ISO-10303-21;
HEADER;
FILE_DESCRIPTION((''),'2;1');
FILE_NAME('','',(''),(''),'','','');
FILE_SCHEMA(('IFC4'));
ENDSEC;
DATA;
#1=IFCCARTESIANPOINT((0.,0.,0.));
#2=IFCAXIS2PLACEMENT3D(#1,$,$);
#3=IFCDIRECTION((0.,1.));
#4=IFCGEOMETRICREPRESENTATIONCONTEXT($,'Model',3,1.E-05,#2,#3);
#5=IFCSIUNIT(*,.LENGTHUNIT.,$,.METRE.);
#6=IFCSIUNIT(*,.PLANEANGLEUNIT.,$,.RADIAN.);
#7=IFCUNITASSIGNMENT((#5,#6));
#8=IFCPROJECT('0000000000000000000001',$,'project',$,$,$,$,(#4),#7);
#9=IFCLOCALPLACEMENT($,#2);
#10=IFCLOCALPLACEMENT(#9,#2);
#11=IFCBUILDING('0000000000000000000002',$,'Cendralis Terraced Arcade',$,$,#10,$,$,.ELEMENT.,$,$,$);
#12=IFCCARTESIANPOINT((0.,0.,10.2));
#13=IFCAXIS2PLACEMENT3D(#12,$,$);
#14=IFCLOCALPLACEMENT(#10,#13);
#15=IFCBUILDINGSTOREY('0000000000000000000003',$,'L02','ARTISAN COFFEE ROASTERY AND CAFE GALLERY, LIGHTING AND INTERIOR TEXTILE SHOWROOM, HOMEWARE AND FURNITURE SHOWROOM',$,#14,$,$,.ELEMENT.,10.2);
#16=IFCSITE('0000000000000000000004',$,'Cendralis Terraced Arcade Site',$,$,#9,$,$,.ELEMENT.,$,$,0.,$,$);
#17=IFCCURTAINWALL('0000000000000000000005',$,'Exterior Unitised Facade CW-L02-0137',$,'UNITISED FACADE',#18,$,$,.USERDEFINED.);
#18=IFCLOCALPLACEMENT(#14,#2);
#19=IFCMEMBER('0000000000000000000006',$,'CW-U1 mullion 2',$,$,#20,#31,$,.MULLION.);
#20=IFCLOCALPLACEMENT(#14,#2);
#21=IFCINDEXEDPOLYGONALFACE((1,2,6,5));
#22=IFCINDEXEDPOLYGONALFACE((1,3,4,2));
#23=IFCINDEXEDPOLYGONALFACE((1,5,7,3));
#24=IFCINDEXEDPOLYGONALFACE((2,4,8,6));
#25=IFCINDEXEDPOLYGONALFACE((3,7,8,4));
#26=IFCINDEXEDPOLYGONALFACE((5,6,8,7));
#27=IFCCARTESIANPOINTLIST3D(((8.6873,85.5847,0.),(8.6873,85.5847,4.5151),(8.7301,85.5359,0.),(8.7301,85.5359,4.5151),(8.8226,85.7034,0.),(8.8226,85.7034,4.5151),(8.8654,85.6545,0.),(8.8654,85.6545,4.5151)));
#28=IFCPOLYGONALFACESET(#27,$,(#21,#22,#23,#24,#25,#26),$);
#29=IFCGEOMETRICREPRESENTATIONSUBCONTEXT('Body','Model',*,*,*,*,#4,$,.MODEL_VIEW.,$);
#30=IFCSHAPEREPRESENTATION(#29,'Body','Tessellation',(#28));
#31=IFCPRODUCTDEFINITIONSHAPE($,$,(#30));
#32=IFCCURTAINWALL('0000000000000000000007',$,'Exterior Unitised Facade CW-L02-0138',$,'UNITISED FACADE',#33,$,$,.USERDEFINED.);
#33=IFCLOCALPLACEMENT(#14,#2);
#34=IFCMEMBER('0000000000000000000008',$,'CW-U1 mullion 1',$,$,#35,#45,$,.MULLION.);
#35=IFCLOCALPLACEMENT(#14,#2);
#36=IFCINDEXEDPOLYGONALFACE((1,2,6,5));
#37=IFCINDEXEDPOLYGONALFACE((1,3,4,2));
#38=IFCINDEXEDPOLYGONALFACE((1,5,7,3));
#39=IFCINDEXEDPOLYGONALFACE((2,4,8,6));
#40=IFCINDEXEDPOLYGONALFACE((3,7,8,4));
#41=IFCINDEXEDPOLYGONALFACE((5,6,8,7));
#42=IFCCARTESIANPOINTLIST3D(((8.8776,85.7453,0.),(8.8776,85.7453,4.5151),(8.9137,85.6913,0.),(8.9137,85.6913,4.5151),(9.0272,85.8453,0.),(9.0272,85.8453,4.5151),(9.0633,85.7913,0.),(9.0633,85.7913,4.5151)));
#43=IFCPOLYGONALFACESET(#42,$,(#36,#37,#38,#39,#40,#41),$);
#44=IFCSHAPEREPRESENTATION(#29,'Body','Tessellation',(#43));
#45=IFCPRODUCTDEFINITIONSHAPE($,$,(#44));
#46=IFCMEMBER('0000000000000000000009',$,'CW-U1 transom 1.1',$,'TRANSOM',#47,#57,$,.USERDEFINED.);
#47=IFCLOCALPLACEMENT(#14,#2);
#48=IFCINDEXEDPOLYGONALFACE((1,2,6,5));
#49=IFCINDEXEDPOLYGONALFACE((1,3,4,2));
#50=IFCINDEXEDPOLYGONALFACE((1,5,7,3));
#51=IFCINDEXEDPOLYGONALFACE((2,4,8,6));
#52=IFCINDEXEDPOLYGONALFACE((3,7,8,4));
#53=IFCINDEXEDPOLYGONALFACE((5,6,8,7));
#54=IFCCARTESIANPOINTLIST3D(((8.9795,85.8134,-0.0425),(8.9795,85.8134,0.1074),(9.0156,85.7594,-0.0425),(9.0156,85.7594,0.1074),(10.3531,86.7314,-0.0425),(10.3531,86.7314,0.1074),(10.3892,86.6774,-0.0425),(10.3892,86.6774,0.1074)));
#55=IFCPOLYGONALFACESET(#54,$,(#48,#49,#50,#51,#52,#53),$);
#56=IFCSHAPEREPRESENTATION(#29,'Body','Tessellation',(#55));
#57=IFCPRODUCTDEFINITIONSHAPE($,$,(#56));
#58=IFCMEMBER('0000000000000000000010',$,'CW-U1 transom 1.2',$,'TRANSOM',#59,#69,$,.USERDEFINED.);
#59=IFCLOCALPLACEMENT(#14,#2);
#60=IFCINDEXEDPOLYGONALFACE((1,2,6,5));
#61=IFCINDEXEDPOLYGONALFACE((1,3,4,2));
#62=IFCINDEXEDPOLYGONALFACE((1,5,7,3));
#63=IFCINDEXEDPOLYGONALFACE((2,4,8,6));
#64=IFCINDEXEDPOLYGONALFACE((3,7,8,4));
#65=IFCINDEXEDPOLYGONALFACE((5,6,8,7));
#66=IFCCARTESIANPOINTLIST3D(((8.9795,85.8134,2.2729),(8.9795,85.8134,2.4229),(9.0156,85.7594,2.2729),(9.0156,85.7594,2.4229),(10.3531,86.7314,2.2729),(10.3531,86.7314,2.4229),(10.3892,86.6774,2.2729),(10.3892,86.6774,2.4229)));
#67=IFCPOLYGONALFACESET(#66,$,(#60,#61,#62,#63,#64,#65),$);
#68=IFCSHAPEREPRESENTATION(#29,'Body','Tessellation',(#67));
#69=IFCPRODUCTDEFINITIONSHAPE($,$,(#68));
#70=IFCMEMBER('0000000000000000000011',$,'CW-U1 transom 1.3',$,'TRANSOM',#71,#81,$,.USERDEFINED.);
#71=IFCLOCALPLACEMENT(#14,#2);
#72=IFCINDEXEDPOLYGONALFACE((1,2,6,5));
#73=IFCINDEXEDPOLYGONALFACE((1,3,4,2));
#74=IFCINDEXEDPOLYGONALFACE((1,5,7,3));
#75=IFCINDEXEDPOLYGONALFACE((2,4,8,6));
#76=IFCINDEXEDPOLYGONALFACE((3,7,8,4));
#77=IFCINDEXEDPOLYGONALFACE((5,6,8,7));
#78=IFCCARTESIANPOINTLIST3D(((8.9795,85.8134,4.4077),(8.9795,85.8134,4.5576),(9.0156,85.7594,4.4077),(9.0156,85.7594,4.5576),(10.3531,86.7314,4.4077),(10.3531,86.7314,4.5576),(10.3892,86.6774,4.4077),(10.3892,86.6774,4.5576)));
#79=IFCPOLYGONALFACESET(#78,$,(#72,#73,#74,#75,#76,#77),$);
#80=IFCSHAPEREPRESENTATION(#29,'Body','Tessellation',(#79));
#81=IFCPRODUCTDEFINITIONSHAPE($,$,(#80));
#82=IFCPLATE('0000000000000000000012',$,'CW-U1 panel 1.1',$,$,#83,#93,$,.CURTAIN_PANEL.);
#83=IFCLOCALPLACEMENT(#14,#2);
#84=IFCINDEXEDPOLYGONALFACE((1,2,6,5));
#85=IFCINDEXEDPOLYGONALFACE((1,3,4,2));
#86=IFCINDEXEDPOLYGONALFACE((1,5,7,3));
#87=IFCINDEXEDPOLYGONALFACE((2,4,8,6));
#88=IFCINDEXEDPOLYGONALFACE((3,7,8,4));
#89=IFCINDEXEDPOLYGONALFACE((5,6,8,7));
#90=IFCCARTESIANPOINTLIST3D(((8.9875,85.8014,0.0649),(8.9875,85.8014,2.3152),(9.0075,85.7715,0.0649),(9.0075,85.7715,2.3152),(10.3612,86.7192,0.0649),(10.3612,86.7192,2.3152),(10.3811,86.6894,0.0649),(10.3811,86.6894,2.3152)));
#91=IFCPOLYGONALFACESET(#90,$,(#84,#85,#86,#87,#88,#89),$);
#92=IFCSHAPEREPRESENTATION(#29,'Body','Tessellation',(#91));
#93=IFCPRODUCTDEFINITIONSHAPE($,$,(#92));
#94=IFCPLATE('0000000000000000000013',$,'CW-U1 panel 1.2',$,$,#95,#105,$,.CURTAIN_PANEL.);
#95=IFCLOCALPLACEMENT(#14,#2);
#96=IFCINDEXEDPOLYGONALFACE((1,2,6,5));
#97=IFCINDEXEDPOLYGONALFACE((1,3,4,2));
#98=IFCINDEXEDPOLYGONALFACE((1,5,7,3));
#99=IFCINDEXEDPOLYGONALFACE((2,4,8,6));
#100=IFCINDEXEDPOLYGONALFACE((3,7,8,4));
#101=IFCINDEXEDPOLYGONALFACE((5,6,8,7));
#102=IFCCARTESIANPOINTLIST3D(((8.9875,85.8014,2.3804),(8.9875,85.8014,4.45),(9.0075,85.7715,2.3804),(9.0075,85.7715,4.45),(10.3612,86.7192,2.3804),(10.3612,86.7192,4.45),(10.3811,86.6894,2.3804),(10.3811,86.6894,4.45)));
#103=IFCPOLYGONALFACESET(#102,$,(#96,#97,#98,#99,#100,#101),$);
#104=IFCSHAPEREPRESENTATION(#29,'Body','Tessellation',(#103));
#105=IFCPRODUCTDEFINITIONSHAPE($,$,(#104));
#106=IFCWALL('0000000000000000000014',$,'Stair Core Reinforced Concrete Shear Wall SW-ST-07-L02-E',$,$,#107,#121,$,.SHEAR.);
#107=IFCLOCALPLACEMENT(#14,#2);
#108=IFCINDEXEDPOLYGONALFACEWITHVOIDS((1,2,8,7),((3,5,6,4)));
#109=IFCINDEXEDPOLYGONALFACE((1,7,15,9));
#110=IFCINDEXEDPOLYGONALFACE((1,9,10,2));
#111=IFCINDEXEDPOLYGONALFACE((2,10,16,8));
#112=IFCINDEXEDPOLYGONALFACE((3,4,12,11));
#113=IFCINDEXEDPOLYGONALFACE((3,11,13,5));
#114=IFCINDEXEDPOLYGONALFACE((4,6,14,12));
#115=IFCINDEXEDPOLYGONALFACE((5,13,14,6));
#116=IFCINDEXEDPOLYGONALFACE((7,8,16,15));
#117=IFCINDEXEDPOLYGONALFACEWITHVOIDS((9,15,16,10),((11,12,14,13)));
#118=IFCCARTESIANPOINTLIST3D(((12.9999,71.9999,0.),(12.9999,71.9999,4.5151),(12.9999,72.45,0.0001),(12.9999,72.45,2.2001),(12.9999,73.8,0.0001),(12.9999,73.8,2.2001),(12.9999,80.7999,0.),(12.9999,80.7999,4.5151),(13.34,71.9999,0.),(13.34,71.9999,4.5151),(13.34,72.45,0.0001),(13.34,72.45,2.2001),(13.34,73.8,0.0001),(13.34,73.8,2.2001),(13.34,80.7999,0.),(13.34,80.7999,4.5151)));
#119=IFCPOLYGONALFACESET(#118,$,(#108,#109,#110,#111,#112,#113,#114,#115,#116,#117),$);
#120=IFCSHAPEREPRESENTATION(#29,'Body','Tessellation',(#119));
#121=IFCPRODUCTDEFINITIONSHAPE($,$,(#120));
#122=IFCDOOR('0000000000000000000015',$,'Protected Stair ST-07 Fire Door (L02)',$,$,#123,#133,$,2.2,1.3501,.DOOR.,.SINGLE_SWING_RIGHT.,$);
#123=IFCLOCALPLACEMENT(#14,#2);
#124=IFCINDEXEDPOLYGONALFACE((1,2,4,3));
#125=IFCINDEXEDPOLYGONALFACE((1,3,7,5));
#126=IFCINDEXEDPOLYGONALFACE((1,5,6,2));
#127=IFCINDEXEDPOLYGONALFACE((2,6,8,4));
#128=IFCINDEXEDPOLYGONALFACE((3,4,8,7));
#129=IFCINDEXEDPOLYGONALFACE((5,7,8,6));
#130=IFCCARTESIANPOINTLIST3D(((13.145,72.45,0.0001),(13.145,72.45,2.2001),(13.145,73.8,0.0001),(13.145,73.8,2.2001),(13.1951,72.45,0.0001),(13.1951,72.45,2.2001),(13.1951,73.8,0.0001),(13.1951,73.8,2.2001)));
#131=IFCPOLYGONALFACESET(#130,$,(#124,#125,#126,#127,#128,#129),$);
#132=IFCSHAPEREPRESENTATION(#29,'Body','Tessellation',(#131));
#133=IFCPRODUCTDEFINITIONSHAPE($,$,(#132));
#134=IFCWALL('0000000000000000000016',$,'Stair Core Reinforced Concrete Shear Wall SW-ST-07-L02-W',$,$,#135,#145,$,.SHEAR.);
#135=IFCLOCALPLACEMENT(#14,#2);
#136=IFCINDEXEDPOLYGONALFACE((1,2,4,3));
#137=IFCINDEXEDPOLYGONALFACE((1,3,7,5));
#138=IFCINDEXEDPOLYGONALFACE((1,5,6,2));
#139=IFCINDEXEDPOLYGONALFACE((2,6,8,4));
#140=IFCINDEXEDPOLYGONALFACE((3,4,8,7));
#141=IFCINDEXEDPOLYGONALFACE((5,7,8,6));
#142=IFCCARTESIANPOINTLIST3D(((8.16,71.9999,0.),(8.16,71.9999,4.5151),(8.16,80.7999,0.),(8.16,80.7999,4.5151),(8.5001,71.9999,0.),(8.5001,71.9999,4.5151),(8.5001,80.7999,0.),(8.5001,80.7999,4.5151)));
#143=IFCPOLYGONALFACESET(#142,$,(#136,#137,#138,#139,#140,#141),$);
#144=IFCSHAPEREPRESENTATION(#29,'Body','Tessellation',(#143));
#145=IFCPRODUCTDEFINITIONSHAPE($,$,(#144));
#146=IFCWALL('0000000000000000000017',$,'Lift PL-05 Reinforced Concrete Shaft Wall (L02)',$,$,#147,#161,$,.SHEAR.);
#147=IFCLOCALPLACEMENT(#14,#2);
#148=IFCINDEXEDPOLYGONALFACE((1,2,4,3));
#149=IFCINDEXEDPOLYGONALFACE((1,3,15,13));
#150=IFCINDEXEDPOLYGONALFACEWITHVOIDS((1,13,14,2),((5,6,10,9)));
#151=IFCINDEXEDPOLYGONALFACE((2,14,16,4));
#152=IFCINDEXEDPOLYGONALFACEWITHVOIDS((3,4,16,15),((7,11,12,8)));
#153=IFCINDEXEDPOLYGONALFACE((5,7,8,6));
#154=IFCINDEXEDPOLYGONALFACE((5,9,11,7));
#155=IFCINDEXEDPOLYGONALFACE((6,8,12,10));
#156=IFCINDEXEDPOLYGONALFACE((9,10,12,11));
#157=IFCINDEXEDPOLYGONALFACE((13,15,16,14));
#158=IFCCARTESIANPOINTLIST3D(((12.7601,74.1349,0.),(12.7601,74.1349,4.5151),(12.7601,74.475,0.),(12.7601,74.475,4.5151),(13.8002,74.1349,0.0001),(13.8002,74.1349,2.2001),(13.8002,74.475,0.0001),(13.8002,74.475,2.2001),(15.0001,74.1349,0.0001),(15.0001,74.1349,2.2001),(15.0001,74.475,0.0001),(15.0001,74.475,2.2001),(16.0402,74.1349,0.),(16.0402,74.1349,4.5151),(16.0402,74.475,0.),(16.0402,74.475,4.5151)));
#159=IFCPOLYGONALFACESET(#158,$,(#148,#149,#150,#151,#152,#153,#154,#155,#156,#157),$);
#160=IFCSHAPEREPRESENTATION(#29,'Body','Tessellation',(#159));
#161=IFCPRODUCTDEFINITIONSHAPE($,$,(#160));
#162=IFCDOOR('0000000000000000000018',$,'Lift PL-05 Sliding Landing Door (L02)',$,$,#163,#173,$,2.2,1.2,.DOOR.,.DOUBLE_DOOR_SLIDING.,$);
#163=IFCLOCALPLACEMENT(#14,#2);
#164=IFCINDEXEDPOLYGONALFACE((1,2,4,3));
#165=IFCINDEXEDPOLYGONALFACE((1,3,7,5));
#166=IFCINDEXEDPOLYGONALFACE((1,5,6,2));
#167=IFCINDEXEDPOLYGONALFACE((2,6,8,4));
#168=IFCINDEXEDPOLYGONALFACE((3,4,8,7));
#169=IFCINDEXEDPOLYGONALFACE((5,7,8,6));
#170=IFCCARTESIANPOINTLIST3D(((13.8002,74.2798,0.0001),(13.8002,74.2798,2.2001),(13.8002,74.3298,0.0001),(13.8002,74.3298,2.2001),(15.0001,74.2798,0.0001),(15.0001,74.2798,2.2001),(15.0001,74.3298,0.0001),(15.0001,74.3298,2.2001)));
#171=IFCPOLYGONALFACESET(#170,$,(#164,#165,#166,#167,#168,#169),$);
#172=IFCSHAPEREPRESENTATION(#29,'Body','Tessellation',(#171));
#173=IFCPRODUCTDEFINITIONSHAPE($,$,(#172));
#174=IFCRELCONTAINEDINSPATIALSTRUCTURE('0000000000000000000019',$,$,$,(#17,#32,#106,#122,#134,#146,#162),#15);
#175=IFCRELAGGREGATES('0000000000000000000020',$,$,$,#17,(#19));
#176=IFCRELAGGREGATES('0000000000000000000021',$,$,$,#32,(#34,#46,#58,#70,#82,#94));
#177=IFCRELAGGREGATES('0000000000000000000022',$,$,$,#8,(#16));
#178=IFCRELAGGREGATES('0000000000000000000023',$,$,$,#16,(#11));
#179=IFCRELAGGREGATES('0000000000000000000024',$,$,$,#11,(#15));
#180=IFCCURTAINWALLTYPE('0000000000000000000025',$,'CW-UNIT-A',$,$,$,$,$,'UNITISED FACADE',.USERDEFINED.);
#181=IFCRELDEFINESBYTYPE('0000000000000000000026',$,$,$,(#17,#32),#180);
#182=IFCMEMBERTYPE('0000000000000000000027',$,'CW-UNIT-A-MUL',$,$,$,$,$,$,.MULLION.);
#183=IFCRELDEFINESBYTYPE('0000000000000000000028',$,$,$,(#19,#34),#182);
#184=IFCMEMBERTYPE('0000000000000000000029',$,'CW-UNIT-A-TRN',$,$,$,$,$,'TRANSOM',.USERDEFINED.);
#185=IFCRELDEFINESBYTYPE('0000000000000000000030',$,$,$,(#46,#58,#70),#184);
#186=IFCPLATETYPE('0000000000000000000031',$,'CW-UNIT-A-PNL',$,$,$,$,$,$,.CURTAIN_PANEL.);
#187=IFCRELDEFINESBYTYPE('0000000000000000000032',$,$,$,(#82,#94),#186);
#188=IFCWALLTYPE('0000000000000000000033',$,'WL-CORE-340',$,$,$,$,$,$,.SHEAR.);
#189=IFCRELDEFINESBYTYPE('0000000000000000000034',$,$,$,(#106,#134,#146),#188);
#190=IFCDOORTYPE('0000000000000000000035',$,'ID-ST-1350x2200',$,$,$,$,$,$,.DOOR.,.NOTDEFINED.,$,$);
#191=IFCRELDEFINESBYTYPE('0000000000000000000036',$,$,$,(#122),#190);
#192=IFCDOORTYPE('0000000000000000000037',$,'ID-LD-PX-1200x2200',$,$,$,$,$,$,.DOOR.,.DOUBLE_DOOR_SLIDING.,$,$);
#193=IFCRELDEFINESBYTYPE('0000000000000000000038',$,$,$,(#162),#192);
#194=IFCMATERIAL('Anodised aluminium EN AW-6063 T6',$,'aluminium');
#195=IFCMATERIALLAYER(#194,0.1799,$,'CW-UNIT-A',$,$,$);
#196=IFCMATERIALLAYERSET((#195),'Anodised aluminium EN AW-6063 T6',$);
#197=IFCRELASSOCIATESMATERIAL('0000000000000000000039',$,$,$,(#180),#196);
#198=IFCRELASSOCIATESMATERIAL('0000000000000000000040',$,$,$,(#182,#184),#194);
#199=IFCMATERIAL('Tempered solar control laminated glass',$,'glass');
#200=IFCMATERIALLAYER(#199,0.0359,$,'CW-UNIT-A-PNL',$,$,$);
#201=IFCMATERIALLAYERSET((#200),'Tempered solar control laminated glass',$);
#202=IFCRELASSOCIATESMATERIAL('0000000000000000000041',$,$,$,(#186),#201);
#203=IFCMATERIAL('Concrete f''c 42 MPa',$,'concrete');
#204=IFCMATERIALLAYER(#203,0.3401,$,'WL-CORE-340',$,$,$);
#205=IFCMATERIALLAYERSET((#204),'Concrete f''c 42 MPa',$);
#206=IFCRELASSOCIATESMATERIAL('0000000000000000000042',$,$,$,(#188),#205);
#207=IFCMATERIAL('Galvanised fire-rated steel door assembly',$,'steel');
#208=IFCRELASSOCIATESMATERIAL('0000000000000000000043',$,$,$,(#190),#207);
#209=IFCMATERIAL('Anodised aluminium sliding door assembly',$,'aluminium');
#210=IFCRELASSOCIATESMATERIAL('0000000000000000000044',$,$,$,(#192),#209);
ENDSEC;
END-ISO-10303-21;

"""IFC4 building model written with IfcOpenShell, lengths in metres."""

from ifc_helpers import new_model, si_unit, direction, frame, frame_2d, origin, origin_2d, place, context, subcontext, project, spatial, rectangle, extrude, material, layer, layer_set, material_profile, profile_set, type_object, element, fill, aggregate, save


model = new_model("IFC4")

# Units and contexts
model_context = context("Model", 3, precision=1e-05, world=origin(), true_north=direction((0.0, 1.0)))
body_context = subcontext(model_context, "Body", "Model", "MODEL_VIEW")
ifc_project = project(units=[si_unit("LENGTHUNIT", "METRE"), si_unit("PLANEANGLEUNIT", "RADIAN")], contexts=[model_context])

# Site, building, storey
site_placement = place(None, origin())
site = spatial("IfcSite", under=ifc_project, at=site_placement, Name="Cendralis Terraced Arcade Site", CompositionType="ELEMENT", RefElevation=0.0)
building_placement = place(site_placement, origin())
building = spatial("IfcBuilding", under=site, at=building_placement, Name="Cendralis Terraced Arcade", CompositionType="ELEMENT")
storey_placement = place(building_placement, frame((0.0, 0.0, 10.2)))
storey = spatial("IfcBuildingStorey", under=building, at=storey_placement, Name="L02", Description="ARTISAN COFFEE ROASTERY AND CAFE GALLERY, LIGHTING AND INTERIOR TEXTILE SHOWROOM, HOMEWARE AND FURNITURE SHOWROOM", CompositionType="ELEMENT", Elevation=10.2)

# Curtain wall, member
ifc_material_1 = material(Name="Anodised aluminium EN AW-6063 T6", Category="aluminium")
ifc_layer_1 = layer(ifc_material_1, 0.1799, Name="CW-UNIT-A")
ifc_layer_set_1 = layer_set([ifc_layer_1], Name="Anodised aluminium EN AW-6063 T6")
curtain_wall_type = type_object("IfcCurtainWallType", Name="CW-UNIT-A", ElementType="UNITISED FACADE", PredefinedType="USERDEFINED", material=ifc_layer_set_1)
curtain_wall_1_placement = place(storey_placement, origin())
curtain_wall_1 = element("IfcCurtainWall", 1, at=curtain_wall_1_placement, inside=storey, type_object=curtain_wall_type, Name="Exterior Unitised Facade CW-L02-0137", ObjectType="UNITISED FACADE", PredefinedType="USERDEFINED")
ifc_material_profile_1 = material_profile(ifc_material_1, rectangle(XDim=0.0649, YDim=0.1799, at=origin_2d()), Name="ALU-MUL-65x180")
ifc_profile_set_1 = profile_set([ifc_material_profile_1], Name="Anodised aluminium EN AW-6063 T6")
member_type_1 = type_object("IfcMemberType", Name="CW-UNIT-A-MUL", PredefinedType="MULLION", material=ifc_profile_set_1)
member_1_placement = place(storey_placement, frame((8.7764, 85.6196, 0.0), z_axis=(0.0, 0.0, 1.0), x_axis=(-0.659386, 0.751804, 0.0)))
member_1 = element("IfcMember", 2, at=member_1_placement, type_object=member_type_1, Name="CW-U1 mullion 2", PredefinedType="MULLION", context=body_context, shape_type="SweptSolid", body=[
    extrude(rectangle(XDim=0.0649, YDim=0.1799, at=origin_2d()), origin(), (0.0, 0.0, 1.0), 4.5151),
])
aggregate(curtain_wall_1, [member_1])

# Curtain wall, members, plates
curtain_wall_2_placement = place(storey_placement, origin())
curtain_wall_2 = element("IfcCurtainWall", 3, at=curtain_wall_2_placement, inside=storey, type_object=curtain_wall_type, Name="Exterior Unitised Facade CW-L02-0138", ObjectType="UNITISED FACADE", PredefinedType="USERDEFINED")
member_2_placement = place(storey_placement, frame((8.9705, 85.7683, 0.0), z_axis=(0.0, 0.0, 1.0), x_axis=(-0.555567, 0.831471, 0.0)))
member_2 = element("IfcMember", 4, at=member_2_placement, type_object=member_type_1, Name="CW-U1 mullion 1", PredefinedType="MULLION", context=body_context, shape_type="SweptSolid", body=[
    extrude(rectangle(XDim=0.0649, YDim=0.1799, at=origin_2d()), origin(), (0.0, 0.0, 1.0), 4.5151),
])
ifc_material_profile_2 = material_profile(ifc_material_1, rectangle(XDim=0.0649, YDim=0.1499, at=origin_2d()), Name="ALU-TRN-65x150")
ifc_profile_set_2 = profile_set([ifc_material_profile_2], Name="Anodised aluminium EN AW-6063 T6")
member_type_2 = type_object("IfcMemberType", Name="CW-UNIT-A-TRN", ElementType="TRANSOM", PredefinedType="USERDEFINED", material=ifc_profile_set_2)
member_3_placement = place(storey_placement, frame((8.9976, 85.7864, 0.0325), z_axis=(0.831413, 0.555655, 0.0), x_axis=(-0.555655, 0.831413, 0.0)))
member_3 = element("IfcMember", 5, at=member_3_placement, type_object=member_type_2, Name="CW-U1 transom 1.1", ObjectType="TRANSOM", PredefinedType="USERDEFINED", context=body_context, shape_type="SweptSolid", body=[
    extrude(rectangle(XDim=0.0649, YDim=0.1499, at=origin_2d()), origin(), (0.0, 0.0, 1.0), 1.6521),
])
member_4_placement = place(storey_placement, frame((8.9976, 85.7864, 2.3479), z_axis=(0.831413, 0.555655, 0.0), x_axis=(-0.555655, 0.831413, 0.0)))
member_4 = element("IfcMember", 6, at=member_4_placement, type_object=member_type_2, Name="CW-U1 transom 1.2", ObjectType="TRANSOM", PredefinedType="USERDEFINED", context=body_context, shape_type="SweptSolid", body=[
    extrude(rectangle(XDim=0.0649, YDim=0.1499, at=origin_2d()), origin(), (0.0, 0.0, 1.0), 1.6521),
])
member_5_placement = place(storey_placement, frame((8.9976, 85.7864, 4.4827), z_axis=(0.831413, 0.555655, 0.0), x_axis=(-0.555655, 0.831413, 0.0)))
member_5 = element("IfcMember", 7, at=member_5_placement, type_object=member_type_2, Name="CW-U1 transom 1.3", ObjectType="TRANSOM", PredefinedType="USERDEFINED", context=body_context, shape_type="SweptSolid", body=[
    extrude(rectangle(XDim=0.0649, YDim=0.1499, at=origin_2d()), origin(), (0.0, 0.0, 1.0), 1.6521),
])
ifc_material_2 = material(Name="Tempered solar control laminated glass", Category="glass")
ifc_layer_2 = layer(ifc_material_2, 0.0359, Name="CW-UNIT-A-PNL")
ifc_layer_set_2 = layer_set([ifc_layer_2], Name="Tempered solar control laminated glass")
plate_type = type_object("IfcPlateType", Name="CW-UNIT-A-PNL", PredefinedType="CURTAIN_PANEL", material=ifc_layer_set_2)
plate_1_placement = place(storey_placement, frame((9.6843, 86.2454, 0.0649), z_axis=(0.0, 0.0, 1.0), x_axis=(0.831471, 0.555567, 0.0)))
plate_1 = element("IfcPlate", 8, at=plate_1_placement, type_object=plate_type, Name="CW-U1 panel 1.1", PredefinedType="CURTAIN_PANEL", context=body_context, shape_type="SweptSolid", body=[
    extrude(rectangle(XDim=1.6521, YDim=0.0359, at=origin_2d()), origin(), (0.0, 0.0, 1.0), 2.2502),
])
plate_2_placement = place(storey_placement, frame((9.6843, 86.2454, 2.3804), z_axis=(0.0, 0.0, 1.0), x_axis=(0.831471, 0.555567, 0.0)))
plate_2 = element("IfcPlate", 9, at=plate_2_placement, type_object=plate_type, Name="CW-U1 panel 1.2", PredefinedType="CURTAIN_PANEL", context=body_context, shape_type="SweptSolid", body=[
    extrude(rectangle(XDim=1.6521, YDim=0.0359, at=origin_2d()), origin(), (0.0, 0.0, 1.0), 2.0696),
])
aggregate(curtain_wall_2, [member_2, member_3, member_4, member_5, plate_1, plate_2])

# Wall, opening, door
ifc_material_3 = material(Name="Concrete f'c 42 MPa", Category="concrete")
ifc_layer_3 = layer(ifc_material_3, 0.3401, Name="WL-CORE-340")
ifc_layer_set_3 = layer_set([ifc_layer_3], Name="Concrete f'c 42 MPa")
wall_type = type_object("IfcWallType", Name="WL-CORE-340", PredefinedType="SHEAR", material=ifc_layer_set_3)
wall_1_placement = place(storey_placement, frame((13.1699, 72.0, 0.0), z_axis=(0.0, 0.0, 1.0), x_axis=(0.0, 1.0, 0.0)))
wall_1 = element("IfcWall", 10, at=wall_1_placement, inside=storey, type_object=wall_type, Name="Stair Core Reinforced Concrete Shear Wall SW-ST-07-L02-E", PredefinedType="SHEAR", context=body_context, shape_type="SweptSolid", body=[
    extrude(rectangle(XDim=8.8, YDim=0.3401, at=frame_2d((4.3999, 0.0))), origin(), (0.0, 0.0, 1.0), 4.5151),
])
opening_1_placement = place(wall_1_placement, frame((0.45, 0.0, 0.0)))
opening_1 = element("IfcOpeningElement", 11, at=opening_1_placement, cuts=wall_1, PredefinedType="OPENING", context=body_context, shape_type="SweptSolid", body=[
    extrude(rectangle(XDim=1.3501, YDim=2.2, at=frame_2d((0.675, 1.1001))), frame((0.0, 0.1821, 0.0), z_axis=(0.0, -1.0, 0.0), x_axis=(1.0, 0.0, 0.0)), (0.0, 0.0, 1.0), 0.364),
])
ifc_material_4 = material(Name="Galvanised fire-rated steel door assembly", Category="steel")
door_type_1 = type_object("IfcDoorType", Name="ID-ST-1350x2200", OperationType="NOTDEFINED", PredefinedType="DOOR", material=ifc_material_4)
door_1_placement = place(opening_1_placement, origin())
door_1 = element("IfcDoor", 12, at=door_1_placement, inside=storey, type_object=door_type_1, Name="Protected Stair ST-07 Fire Door (L02)", OperationType="SINGLE_SWING_RIGHT", OverallHeight=2.2, OverallWidth=1.3501, PredefinedType="DOOR", context=body_context, shape_type="SweptSolid", body=[
    extrude(rectangle(XDim=1.3501, YDim=2.2, at=frame_2d((0.675, 1.1001))), frame((0.0, 0.0249, 0.0), z_axis=(0.0, -1.0, 0.0), x_axis=(1.0, 0.0, 0.0)), (0.0, 0.0, 1.0), 0.05),
])
fill(opening_1, door_1)

# Wall
wall_2_placement = place(storey_placement, frame((8.3301, 72.0, 0.0), z_axis=(0.0, 0.0, 1.0), x_axis=(0.0, 1.0, 0.0)))
element("IfcWall", 13, at=wall_2_placement, inside=storey, type_object=wall_type, Name="Stair Core Reinforced Concrete Shear Wall SW-ST-07-L02-W", PredefinedType="SHEAR", context=body_context, shape_type="SweptSolid", body=[
    extrude(rectangle(XDim=8.8, YDim=0.3401, at=frame_2d((4.3999, 0.0))), origin(), (0.0, 0.0, 1.0), 4.5151),
])

# Wall, opening, door
wall_3_placement = place(storey_placement, frame((12.76, 74.3049, 0.0), z_axis=(0.0, 0.0, 1.0), x_axis=(1.0, 0.0, 0.0)))
wall_3 = element("IfcWall", 14, at=wall_3_placement, inside=storey, type_object=wall_type, Name="Lift PL-05 Reinforced Concrete Shaft Wall (L02)", PredefinedType="SHEAR", context=body_context, shape_type="SweptSolid", body=[
    extrude(rectangle(XDim=3.28, YDim=0.3401, at=frame_2d((1.6401, 0.0))), origin(), (0.0, 0.0, 1.0), 4.5151),
])
opening_2_placement = place(wall_3_placement, frame((1.04, 0.0, 0.0)))
opening_2 = element("IfcOpeningElement", 15, at=opening_2_placement, cuts=wall_3, PredefinedType="OPENING", context=body_context, shape_type="SweptSolid", body=[
    extrude(rectangle(XDim=1.2, YDim=2.2, at=frame_2d((0.6001, 1.1001))), frame((0.0, 0.1821, 0.0), z_axis=(0.0, -1.0, 0.0), x_axis=(1.0, 0.0, 0.0)), (0.0, 0.0, 1.0), 0.364),
])
ifc_material_5 = material(Name="Anodised aluminium sliding door assembly", Category="aluminium")
door_type_2 = type_object("IfcDoorType", Name="ID-LD-PX-1200x2200", OperationType="DOUBLE_DOOR_SLIDING", PredefinedType="DOOR", material=ifc_material_5)
door_2_placement = place(opening_2_placement, origin())
door_2 = element("IfcDoor", 16, at=door_2_placement, inside=storey, type_object=door_type_2, Name="Lift PL-05 Sliding Landing Door (L02)", OperationType="DOUBLE_DOOR_SLIDING", OverallHeight=2.2, OverallWidth=1.2, PredefinedType="DOOR", context=body_context, shape_type="SweptSolid", body=[
    extrude(rectangle(XDim=1.2, YDim=2.2, at=frame_2d((0.6001, 1.1001))), frame((0.0, 0.0249, 0.0), z_axis=(0.0, -1.0, 0.0), x_axis=(1.0, 0.0, 0.0)), (0.0, 0.0, 1.0), 0.05),
])
fill(opening_2, door_2)

save(model, "model.ifc")
